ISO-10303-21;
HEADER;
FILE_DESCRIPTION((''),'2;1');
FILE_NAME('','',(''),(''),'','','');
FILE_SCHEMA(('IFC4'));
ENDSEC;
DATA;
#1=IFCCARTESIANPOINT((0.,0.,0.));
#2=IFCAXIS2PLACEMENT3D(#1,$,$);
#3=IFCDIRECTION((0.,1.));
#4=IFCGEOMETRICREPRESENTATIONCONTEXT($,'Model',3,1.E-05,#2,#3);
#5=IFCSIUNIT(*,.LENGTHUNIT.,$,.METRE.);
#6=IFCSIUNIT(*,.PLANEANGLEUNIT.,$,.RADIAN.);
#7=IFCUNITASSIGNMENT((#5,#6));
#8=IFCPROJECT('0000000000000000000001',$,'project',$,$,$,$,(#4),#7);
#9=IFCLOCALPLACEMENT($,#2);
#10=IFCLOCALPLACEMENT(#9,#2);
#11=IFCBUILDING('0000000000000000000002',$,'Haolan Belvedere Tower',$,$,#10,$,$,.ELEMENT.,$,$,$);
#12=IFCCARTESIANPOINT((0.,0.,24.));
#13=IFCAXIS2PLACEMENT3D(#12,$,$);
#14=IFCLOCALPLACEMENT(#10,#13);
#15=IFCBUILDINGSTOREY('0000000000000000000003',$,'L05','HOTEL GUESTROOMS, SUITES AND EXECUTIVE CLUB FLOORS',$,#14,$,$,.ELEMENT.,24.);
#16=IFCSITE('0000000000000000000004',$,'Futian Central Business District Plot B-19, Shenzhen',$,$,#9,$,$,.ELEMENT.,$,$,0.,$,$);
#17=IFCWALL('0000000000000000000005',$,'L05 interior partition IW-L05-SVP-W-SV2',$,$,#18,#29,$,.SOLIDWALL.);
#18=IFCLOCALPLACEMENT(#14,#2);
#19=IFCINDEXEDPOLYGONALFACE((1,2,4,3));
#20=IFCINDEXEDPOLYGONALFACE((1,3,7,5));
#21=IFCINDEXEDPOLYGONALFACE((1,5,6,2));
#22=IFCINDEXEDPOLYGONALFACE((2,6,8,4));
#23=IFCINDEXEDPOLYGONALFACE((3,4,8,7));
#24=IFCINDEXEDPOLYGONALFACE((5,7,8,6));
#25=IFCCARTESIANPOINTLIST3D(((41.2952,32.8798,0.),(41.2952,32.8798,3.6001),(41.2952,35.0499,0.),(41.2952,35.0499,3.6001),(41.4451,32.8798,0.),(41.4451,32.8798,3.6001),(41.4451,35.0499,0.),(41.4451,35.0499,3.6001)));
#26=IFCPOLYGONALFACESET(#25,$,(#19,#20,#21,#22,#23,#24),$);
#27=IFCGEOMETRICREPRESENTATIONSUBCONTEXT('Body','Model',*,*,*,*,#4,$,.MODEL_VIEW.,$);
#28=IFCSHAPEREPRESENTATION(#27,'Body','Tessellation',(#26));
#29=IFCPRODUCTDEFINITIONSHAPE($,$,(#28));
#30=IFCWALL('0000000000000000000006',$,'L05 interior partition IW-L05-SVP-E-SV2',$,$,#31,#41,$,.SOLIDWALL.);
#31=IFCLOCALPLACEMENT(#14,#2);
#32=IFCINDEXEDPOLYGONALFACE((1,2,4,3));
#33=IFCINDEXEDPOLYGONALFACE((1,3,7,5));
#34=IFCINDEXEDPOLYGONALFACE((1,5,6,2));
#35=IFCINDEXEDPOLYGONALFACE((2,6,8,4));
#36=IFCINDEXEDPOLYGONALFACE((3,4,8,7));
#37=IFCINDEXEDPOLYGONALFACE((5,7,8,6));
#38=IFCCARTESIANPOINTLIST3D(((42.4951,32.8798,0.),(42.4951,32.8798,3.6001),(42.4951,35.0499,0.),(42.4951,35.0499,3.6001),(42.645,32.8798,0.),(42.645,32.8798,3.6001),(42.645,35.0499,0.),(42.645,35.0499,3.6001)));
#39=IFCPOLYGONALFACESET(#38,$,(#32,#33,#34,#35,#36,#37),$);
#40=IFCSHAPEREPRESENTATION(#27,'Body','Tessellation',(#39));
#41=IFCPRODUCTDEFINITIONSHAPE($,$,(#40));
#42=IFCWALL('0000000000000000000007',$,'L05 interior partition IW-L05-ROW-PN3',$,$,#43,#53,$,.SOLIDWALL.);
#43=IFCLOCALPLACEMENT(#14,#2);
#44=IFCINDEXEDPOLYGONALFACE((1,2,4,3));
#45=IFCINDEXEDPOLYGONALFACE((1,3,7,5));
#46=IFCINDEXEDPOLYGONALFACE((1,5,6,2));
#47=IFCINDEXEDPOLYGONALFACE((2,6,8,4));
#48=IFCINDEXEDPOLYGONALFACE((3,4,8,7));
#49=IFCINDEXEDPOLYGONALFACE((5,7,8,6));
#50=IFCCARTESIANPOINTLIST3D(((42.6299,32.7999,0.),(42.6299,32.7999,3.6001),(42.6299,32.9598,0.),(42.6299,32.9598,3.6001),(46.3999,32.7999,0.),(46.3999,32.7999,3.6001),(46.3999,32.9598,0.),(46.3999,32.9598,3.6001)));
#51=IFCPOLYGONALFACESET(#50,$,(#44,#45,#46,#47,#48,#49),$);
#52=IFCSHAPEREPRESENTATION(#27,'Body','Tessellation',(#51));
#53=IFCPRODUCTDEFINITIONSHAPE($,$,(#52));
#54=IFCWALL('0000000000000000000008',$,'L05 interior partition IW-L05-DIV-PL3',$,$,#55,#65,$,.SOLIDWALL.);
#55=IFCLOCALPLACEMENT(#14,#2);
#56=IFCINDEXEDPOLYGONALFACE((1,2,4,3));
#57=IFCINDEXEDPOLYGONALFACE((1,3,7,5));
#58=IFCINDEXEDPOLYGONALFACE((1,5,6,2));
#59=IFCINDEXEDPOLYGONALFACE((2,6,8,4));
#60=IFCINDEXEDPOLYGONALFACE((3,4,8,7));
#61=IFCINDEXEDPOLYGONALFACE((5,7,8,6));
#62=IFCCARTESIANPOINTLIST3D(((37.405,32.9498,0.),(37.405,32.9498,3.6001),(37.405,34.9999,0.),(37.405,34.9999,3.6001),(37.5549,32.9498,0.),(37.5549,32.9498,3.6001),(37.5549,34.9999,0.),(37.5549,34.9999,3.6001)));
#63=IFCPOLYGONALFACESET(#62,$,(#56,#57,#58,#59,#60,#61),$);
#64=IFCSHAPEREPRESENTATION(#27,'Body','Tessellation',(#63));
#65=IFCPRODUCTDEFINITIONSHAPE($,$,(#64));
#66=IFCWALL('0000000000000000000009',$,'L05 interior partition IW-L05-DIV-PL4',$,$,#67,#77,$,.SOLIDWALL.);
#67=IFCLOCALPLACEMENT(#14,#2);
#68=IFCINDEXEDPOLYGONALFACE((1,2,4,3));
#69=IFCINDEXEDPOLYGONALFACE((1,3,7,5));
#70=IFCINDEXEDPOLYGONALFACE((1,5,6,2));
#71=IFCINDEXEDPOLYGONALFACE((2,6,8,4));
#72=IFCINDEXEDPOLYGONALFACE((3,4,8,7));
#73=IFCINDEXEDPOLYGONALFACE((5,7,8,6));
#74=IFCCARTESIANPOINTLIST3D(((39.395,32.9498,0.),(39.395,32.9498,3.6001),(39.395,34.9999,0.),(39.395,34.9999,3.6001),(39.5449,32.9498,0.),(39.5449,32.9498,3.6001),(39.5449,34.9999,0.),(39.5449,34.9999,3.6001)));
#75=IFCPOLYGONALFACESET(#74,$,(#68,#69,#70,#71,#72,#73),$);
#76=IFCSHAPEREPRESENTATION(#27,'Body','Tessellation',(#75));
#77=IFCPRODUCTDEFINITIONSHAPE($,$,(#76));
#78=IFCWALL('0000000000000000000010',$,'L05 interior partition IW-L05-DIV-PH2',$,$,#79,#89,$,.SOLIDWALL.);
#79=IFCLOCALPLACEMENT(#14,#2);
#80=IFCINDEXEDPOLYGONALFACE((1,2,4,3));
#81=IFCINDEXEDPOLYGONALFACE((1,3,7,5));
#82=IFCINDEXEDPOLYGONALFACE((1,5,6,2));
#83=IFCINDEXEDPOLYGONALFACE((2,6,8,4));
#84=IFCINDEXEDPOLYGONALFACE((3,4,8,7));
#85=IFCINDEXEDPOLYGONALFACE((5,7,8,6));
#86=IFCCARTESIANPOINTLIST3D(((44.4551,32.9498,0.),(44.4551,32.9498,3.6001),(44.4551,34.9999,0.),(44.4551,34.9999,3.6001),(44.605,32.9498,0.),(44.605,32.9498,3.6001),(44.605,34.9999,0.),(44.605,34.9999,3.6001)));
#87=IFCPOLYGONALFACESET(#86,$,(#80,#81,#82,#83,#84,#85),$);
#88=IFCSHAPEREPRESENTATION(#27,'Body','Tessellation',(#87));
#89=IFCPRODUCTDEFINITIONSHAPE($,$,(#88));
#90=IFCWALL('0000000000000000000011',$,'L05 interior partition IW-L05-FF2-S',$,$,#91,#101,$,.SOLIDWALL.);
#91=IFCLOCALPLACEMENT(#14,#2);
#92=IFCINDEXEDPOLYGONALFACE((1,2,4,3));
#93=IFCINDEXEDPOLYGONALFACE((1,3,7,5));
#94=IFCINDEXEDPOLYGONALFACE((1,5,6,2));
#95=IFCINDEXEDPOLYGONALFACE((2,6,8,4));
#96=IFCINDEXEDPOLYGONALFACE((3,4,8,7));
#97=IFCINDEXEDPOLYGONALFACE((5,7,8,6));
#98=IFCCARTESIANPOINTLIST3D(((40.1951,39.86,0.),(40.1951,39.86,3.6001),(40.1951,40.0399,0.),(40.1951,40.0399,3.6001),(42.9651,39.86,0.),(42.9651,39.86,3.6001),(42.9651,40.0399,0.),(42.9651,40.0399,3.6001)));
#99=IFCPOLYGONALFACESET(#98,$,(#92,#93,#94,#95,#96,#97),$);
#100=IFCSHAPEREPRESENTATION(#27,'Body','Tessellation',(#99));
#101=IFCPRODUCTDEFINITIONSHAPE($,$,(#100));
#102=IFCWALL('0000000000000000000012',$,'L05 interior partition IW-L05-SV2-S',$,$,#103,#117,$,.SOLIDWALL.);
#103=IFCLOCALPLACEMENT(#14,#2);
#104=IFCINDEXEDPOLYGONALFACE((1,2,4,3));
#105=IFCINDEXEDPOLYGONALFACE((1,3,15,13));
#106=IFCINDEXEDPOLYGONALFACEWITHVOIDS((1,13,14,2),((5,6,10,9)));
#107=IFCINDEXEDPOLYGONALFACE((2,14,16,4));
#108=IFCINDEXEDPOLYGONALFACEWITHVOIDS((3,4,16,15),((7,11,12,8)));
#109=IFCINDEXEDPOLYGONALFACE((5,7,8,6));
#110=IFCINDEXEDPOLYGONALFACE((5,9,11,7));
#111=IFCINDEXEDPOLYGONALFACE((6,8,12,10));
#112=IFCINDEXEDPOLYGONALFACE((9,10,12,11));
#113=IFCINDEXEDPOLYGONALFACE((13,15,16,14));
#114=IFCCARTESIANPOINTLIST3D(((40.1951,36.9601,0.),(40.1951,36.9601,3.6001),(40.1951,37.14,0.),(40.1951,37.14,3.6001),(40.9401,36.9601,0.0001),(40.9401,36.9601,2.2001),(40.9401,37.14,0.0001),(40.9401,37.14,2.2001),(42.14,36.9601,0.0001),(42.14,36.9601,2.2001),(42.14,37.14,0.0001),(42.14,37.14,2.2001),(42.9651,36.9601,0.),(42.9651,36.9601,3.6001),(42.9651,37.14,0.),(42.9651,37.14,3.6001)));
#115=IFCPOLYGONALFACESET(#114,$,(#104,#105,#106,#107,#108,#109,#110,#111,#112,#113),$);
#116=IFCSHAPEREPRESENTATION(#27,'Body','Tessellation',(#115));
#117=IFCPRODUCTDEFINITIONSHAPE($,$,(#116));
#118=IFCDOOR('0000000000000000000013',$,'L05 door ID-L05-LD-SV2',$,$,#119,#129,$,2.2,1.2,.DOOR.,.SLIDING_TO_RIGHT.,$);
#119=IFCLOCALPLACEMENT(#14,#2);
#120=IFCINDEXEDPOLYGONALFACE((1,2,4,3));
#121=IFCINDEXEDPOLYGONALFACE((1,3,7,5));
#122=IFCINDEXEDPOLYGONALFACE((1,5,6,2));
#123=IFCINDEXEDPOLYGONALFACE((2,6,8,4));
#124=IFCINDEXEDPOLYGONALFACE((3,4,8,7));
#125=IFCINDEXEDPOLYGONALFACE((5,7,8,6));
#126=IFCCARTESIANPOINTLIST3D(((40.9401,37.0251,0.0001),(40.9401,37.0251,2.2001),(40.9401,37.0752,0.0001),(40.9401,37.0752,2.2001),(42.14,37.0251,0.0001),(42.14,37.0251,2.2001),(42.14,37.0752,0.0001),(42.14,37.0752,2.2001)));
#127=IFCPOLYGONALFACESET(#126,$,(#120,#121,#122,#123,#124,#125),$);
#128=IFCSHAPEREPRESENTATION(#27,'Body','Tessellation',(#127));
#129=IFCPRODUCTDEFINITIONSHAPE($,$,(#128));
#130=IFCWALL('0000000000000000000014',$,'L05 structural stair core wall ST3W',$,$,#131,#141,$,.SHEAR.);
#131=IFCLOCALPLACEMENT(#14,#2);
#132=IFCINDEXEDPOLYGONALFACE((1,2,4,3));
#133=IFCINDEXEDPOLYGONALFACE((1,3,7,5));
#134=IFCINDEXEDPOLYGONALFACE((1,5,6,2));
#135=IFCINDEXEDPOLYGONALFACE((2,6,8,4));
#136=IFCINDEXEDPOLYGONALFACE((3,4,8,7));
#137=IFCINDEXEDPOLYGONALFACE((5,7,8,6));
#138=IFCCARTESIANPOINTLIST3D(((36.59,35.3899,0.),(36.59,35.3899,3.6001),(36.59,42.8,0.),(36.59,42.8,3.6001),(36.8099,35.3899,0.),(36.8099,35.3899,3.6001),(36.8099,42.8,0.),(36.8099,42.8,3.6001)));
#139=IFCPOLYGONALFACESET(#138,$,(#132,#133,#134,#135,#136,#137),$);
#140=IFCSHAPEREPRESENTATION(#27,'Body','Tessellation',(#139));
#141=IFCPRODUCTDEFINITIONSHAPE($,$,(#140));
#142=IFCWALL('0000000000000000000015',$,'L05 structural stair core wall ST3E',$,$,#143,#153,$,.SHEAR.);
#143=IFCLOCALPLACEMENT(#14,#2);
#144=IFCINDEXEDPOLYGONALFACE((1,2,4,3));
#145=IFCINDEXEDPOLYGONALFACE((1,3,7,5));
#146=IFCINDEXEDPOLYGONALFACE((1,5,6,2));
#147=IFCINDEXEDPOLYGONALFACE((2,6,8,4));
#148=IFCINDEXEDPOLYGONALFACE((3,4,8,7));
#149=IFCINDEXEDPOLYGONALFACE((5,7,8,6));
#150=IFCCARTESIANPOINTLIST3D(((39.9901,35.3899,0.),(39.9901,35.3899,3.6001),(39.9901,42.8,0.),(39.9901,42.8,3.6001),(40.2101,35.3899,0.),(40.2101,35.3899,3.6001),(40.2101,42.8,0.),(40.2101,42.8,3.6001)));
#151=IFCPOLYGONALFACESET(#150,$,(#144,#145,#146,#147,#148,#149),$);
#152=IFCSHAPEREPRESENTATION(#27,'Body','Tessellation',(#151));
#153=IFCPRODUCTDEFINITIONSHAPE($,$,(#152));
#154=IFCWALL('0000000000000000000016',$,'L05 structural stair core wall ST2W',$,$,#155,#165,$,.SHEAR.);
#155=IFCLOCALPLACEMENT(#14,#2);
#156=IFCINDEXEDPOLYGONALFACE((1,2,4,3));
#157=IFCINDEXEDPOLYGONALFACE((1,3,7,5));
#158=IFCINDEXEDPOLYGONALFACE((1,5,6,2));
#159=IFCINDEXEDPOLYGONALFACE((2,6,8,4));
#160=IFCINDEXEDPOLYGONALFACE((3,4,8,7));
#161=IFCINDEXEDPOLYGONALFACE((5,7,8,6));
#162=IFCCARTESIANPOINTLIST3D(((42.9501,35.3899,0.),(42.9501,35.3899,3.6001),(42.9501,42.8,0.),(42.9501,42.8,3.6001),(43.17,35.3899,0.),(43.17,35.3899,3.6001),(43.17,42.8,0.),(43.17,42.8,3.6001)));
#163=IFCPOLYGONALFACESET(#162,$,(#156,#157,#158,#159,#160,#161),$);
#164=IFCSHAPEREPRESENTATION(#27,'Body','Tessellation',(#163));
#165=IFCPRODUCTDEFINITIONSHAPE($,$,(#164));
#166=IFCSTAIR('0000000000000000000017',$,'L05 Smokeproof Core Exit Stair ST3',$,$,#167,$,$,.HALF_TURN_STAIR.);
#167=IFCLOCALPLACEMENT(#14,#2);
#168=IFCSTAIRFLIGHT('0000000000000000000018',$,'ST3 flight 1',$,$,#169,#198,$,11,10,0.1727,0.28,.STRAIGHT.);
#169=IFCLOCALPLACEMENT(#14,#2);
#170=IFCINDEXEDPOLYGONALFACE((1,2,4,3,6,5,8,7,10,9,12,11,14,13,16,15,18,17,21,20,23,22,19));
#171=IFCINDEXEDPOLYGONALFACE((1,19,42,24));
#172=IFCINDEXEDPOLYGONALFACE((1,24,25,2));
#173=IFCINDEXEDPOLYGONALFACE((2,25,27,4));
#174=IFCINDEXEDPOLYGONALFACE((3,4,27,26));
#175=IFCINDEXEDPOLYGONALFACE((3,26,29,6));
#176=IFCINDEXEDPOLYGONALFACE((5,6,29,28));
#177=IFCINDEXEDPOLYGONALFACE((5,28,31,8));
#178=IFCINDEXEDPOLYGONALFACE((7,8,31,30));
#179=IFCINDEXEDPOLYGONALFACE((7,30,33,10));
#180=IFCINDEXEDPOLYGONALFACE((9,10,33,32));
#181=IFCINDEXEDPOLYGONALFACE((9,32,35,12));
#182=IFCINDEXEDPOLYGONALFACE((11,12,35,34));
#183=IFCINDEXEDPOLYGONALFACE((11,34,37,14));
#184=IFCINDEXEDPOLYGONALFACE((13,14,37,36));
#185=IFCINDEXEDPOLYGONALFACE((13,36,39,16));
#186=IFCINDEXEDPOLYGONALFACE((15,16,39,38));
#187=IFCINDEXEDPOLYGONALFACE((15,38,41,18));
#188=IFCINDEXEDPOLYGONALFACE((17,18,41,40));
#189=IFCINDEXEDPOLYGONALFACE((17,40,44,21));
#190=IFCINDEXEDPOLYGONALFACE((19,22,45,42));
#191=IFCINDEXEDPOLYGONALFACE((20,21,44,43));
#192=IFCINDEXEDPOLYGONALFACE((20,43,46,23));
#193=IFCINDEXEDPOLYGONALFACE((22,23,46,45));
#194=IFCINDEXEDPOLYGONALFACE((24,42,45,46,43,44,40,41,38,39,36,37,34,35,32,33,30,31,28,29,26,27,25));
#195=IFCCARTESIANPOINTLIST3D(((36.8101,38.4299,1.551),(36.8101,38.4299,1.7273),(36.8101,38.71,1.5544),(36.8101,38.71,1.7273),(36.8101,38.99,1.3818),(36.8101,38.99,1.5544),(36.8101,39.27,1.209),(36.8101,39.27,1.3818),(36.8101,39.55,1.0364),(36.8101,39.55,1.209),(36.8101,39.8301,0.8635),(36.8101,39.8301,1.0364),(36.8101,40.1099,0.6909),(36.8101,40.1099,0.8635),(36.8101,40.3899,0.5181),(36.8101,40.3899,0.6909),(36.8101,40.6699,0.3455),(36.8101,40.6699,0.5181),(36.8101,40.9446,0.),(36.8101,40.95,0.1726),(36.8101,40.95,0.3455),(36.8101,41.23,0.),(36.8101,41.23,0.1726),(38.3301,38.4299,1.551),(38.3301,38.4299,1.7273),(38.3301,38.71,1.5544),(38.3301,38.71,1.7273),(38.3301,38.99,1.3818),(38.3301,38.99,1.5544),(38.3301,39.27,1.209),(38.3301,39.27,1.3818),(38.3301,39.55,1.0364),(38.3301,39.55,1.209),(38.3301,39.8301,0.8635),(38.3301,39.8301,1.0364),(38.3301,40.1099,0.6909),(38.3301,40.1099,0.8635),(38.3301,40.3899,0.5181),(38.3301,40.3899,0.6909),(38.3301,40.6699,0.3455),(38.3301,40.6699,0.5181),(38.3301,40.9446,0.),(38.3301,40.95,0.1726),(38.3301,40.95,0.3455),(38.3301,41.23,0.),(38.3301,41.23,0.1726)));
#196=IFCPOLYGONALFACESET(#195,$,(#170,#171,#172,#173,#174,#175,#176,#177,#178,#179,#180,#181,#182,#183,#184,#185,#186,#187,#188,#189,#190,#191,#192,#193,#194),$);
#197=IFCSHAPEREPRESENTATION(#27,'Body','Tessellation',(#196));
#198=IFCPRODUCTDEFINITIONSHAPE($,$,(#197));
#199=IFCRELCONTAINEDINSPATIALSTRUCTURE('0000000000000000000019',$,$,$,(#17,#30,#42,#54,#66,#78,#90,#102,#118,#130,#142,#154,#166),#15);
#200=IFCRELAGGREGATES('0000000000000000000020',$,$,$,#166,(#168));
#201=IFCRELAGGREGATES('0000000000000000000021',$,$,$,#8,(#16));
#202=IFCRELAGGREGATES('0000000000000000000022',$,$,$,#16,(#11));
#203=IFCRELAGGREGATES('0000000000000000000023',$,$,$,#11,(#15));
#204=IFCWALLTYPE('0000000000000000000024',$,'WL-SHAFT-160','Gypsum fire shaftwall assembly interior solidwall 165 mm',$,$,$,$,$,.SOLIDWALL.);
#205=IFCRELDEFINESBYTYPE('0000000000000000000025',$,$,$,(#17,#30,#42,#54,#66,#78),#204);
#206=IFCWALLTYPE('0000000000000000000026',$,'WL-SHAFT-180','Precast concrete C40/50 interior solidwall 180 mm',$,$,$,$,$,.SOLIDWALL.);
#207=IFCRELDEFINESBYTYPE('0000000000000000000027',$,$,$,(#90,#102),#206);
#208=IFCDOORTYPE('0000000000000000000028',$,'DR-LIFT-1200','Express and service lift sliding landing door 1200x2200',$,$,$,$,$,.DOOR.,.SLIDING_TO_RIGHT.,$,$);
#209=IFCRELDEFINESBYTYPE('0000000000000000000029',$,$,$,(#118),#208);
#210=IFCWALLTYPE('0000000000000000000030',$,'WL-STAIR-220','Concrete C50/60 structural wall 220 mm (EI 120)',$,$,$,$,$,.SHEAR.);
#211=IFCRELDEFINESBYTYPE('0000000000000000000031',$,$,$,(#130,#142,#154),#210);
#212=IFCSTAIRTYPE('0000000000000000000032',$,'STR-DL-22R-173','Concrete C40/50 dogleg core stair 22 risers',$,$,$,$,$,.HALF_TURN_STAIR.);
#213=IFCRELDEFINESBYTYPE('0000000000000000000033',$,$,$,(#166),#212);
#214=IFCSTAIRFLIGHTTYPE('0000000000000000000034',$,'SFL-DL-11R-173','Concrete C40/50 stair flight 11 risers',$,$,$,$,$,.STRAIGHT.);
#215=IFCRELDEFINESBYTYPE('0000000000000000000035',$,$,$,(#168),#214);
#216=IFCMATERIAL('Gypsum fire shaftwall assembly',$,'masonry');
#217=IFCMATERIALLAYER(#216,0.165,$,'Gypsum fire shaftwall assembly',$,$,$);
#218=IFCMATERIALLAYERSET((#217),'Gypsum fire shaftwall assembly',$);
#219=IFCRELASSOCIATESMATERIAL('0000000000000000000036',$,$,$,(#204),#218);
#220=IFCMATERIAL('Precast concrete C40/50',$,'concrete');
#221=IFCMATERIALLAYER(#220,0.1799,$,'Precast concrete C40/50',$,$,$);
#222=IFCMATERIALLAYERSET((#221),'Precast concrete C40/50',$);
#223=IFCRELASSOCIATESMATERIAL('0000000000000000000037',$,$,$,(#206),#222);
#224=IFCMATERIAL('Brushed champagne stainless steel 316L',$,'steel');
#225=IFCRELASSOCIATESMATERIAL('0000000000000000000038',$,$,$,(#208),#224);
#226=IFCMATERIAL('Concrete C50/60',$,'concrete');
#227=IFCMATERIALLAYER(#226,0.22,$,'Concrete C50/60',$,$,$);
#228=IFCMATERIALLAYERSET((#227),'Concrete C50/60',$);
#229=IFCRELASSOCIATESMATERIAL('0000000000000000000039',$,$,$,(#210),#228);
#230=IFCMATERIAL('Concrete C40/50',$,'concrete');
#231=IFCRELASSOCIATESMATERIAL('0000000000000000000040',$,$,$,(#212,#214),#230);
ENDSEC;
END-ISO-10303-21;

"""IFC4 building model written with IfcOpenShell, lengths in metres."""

from ifc_helpers import new_model, si_unit, direction, frame, frame_2d, origin, place, context, subcontext, project, spatial, polyline, rectangle, outline, extrude, material, layer, layer_set, type_object, element, fill, aggregate, save


model = new_model("IFC4")

# Units and contexts
model_context = context("Model", 3, precision=1e-05, world=origin(), true_north=direction((0.0, 1.0)))
body_context = subcontext(model_context, "Body", "Model", "MODEL_VIEW")
ifc_project = project(units=[si_unit("LENGTHUNIT", "METRE"), si_unit("PLANEANGLEUNIT", "RADIAN")], contexts=[model_context])

# Site, building, storey
site_placement = place(None, origin())
site = spatial("IfcSite", under=ifc_project, at=site_placement, Name="Futian Central Business District Plot B-19, Shenzhen", CompositionType="ELEMENT", RefElevation=0.0)
building_placement = place(site_placement, origin())
building = spatial("IfcBuilding", under=site, at=building_placement, Name="Haolan Belvedere Tower", CompositionType="ELEMENT")
storey_placement = place(building_placement, frame((0.0, 0.0, 24.0)))
storey = spatial("IfcBuildingStorey", under=building, at=storey_placement, Name="L05", Description="HOTEL GUESTROOMS, SUITES AND EXECUTIVE CLUB FLOORS", CompositionType="ELEMENT", Elevation=24.0)

# Walls
ifc_material_1 = material(Name="Gypsum fire shaftwall assembly", Category="masonry")
ifc_layer_1 = layer(ifc_material_1, 0.165, Name="Gypsum fire shaftwall assembly")
ifc_layer_set_1 = layer_set([ifc_layer_1], Name="Gypsum fire shaftwall assembly")
wall_type_1 = type_object("IfcWallType", Name="WL-SHAFT-160", Description="Gypsum fire shaftwall assembly interior solidwall 165 mm", PredefinedType="SOLIDWALL", material=ifc_layer_set_1)
for number, where, z_axis, x_axis, name in (
    (1, (41.3701, 32.8799, 0.0), (0.0, 0.0, 1.0), (0.0, 1.0, 0.0), "L05 interior partition IW-L05-SVP-W-SV2"),
    (2, (42.5701, 32.8799, 0.0), (0.0, 0.0, 1.0), (0.0, 1.0, 0.0), "L05 interior partition IW-L05-SVP-E-SV2"),
):
    element("IfcWall", number, at=place(storey_placement, frame(where, z_axis=z_axis, x_axis=x_axis)), inside=storey, type_object=wall_type_1, Name=name, PredefinedType="SOLIDWALL", context=body_context, shape_type="SweptSolid", body=[
        extrude(rectangle(XDim=2.1702, YDim=0.1499, at=frame_2d((1.085, 0.0))), origin(), (0.0, 0.0, 1.0), 3.6001),
    ])
wall_1_placement = place(storey_placement, frame((42.6299, 32.8799, 0.0), z_axis=(0.0, 0.0, 1.0), x_axis=(1.0, 0.0, 0.0)))
element("IfcWall", 3, at=wall_1_placement, inside=storey, type_object=wall_type_1, Name="L05 interior partition IW-L05-ROW-PN3", PredefinedType="SOLIDWALL", context=body_context, shape_type="SweptSolid", body=[
    extrude(rectangle(XDim=3.77, YDim=0.1599, at=frame_2d((1.885, 0.0))), origin(), (0.0, 0.0, 1.0), 3.6001),
])
for number, where, z_axis, x_axis, name in (
    (4, (37.48, 32.95, 0.0), (0.0, 0.0, 1.0), (0.0, 1.0, 0.0), "L05 interior partition IW-L05-DIV-PL3"),
    (5, (39.47, 32.95, 0.0), (0.0, 0.0, 1.0), (0.0, 1.0, 0.0), "L05 interior partition IW-L05-DIV-PL4"),
    (6, (44.53, 32.95, 0.0), (0.0, 0.0, 1.0), (0.0, 1.0, 0.0), "L05 interior partition IW-L05-DIV-PH2"),
):
    element("IfcWall", number, at=place(storey_placement, frame(where, z_axis=z_axis, x_axis=x_axis)), inside=storey, type_object=wall_type_1, Name=name, PredefinedType="SOLIDWALL", context=body_context, shape_type="SweptSolid", body=[
        extrude(rectangle(XDim=2.05, YDim=0.1499, at=frame_2d((1.0249, 0.0))), origin(), (0.0, 0.0, 1.0), 3.6001),
    ])
ifc_material_2 = material(Name="Precast concrete C40/50", Category="concrete")
ifc_layer_2 = layer(ifc_material_2, 0.1799, Name="Precast concrete C40/50")
ifc_layer_set_2 = layer_set([ifc_layer_2], Name="Precast concrete C40/50")
wall_type_2 = type_object("IfcWallType", Name="WL-SHAFT-180", Description="Precast concrete C40/50 interior solidwall 180 mm", PredefinedType="SOLIDWALL", material=ifc_layer_set_2)
wall_2_placement = place(storey_placement, frame((40.1951, 39.95, 0.0), z_axis=(0.0, 0.0, 1.0), x_axis=(1.0, 0.0, 0.0)))
element("IfcWall", 7, at=wall_2_placement, inside=storey, type_object=wall_type_2, Name="L05 interior partition IW-L05-FF2-S", PredefinedType="SOLIDWALL", context=body_context, shape_type="SweptSolid", body=[
    extrude(rectangle(XDim=2.77, YDim=0.1799, at=frame_2d((1.385, 0.0))), origin(), (0.0, 0.0, 1.0), 3.6001),
])

# Wall, opening, door
wall_3_placement = place(storey_placement, frame((40.1951, 37.05, 0.0), z_axis=(0.0, 0.0, 1.0), x_axis=(1.0, 0.0, 0.0)))
wall_3 = element("IfcWall", 8, at=wall_3_placement, inside=storey, type_object=wall_type_2, Name="L05 interior partition IW-L05-SV2-S", PredefinedType="SOLIDWALL", context=body_context, shape_type="SweptSolid", body=[
    extrude(rectangle(XDim=2.77, YDim=0.1799, at=frame_2d((1.385, 0.0))), origin(), (0.0, 0.0, 1.0), 3.6001),
])
opening_placement = place(wall_3_placement, frame((1.9451, 0.0, 0.0), z_axis=(0.0, 0.0, 1.0), x_axis=(-1.0, 0.0, 0.0)))
opening = element("IfcOpeningElement", 9, at=opening_placement, cuts=wall_3, PredefinedType="OPENING", context=body_context, shape_type="SweptSolid", body=[
    extrude(rectangle(XDim=1.2, YDim=2.2, at=frame_2d((0.6001, 1.1001))), frame((0.0, 0.0999, 0.0), z_axis=(0.0, -1.0, 0.0), x_axis=(1.0, 0.0, 0.0)), (0.0, 0.0, 1.0), 0.2),
])
ifc_material_3 = material(Name="Brushed champagne stainless steel 316L", Category="steel")
door_type = type_object("IfcDoorType", Name="DR-LIFT-1200", Description="Express and service lift sliding landing door 1200x2200", OperationType="SLIDING_TO_RIGHT", PredefinedType="DOOR", material=ifc_material_3)
door_placement = place(opening_placement, origin())
door = element("IfcDoor", 10, at=door_placement, inside=storey, type_object=door_type, Name="L05 door ID-L05-LD-SV2", OperationType="SLIDING_TO_RIGHT", OverallHeight=2.2, OverallWidth=1.2, PredefinedType="DOOR", context=body_context, shape_type="SweptSolid", body=[
    extrude(rectangle(XDim=1.2, YDim=2.2, at=frame_2d((0.6001, 1.1001))), frame((0.0, 0.0249, 0.0), z_axis=(0.0, -1.0, 0.0), x_axis=(1.0, 0.0, 0.0)), (0.0, 0.0, 1.0), 0.05),
])
fill(opening, door)

# Walls
ifc_material_4 = material(Name="Concrete C50/60", Category="concrete")
ifc_layer_3 = layer(ifc_material_4, 0.22, Name="Concrete C50/60")
ifc_layer_set_3 = layer_set([ifc_layer_3], Name="Concrete C50/60")
wall_type_3 = type_object("IfcWallType", Name="WL-STAIR-220", Description="Concrete C50/60 structural wall 220 mm (EI 120)", PredefinedType="SHEAR", material=ifc_layer_set_3)
for number, where, z_axis, x_axis, name in (
    (11, (36.7, 35.3899, 0.0), (0.0, 0.0, 1.0), (0.0, 1.0, 0.0), "L05 structural stair core wall ST3W"),
    (12, (40.1001, 35.3899, 0.0), (0.0, 0.0, 1.0), (0.0, 1.0, 0.0), "L05 structural stair core wall ST3E"),
    (13, (43.0601, 35.3899, 0.0), (0.0, 0.0, 1.0), (0.0, 1.0, 0.0), "L05 structural stair core wall ST2W"),
):
    element("IfcWall", number, at=place(storey_placement, frame(where, z_axis=z_axis, x_axis=x_axis)), inside=storey, type_object=wall_type_3, Name=name, PredefinedType="SHEAR", context=body_context, shape_type="SweptSolid", body=[
        extrude(rectangle(XDim=7.4102, YDim=0.22, at=frame_2d((3.7051, 0.0))), origin(), (0.0, 0.0, 1.0), 3.6001),
    ])

# Stair, stair flight
ifc_material_5 = material(Name="Concrete C40/50", Category="concrete")
stair_type = type_object("IfcStairType", Name="STR-DL-22R-173", Description="Concrete C40/50 dogleg core stair 22 risers", PredefinedType="HALF_TURN_STAIR", material=ifc_material_5)
stair_1_placement = place(storey_placement, origin())
stair_1 = element("IfcStair", 14, at=stair_1_placement, inside=storey, type_object=stair_type, Name="L05 Smokeproof Core Exit Stair ST3", PredefinedType="HALF_TURN_STAIR")
stair_flight_type = type_object("IfcStairFlightType", Name="SFL-DL-11R-173", Description="Concrete C40/50 stair flight 11 risers", PredefinedType="STRAIGHT", material=ifc_material_5)
stair_flight_1_placement = place(storey_placement, frame((37.5701, 41.23, 0.0), z_axis=(0.0, 0.0, 1.0), x_axis=(0.0, -1.0, 0.0)))
stair_flight_1 = element("IfcStairFlight", 15, at=stair_flight_1_placement, type_object=stair_flight_type, Name="ST3 flight 1", NumberOfRisers=11, NumberOfTreads=10, PredefinedType="STRAIGHT", RiserHeight=0.1727, TreadLength=0.28, context=body_context, shape_type="SweptSolid", body=[
    extrude(outline(polyline([(0.0, 0.0), (0.0, 0.1726), (0.28, 0.1726), (0.28, 0.3455), (0.5601, 0.3455), (0.5601, 0.5181), (0.8401, 0.5181), (0.8401, 0.6909), (1.1201, 0.6909), (1.1201, 0.8635), (1.3999, 0.8635), (1.3999, 1.0364), (1.6799, 1.0364), (1.6799, 1.209), (1.96, 1.209), (1.96, 1.3818), (2.24, 1.3818), (2.24, 1.5544), (2.52, 1.5544), (2.52, 1.7273), (2.8, 1.7273), (2.8, 1.8999), (2.8, 1.551), (0.2854, 0.0), (0.0, 0.0)])), frame((0.0, 0.76, 0.0), z_axis=(0.0, -1.0, 0.0), x_axis=(1.0, 0.0, 0.0)), (0.0, 0.0, 1.0), 1.52),
])
aggregate(stair_1, [stair_flight_1])

save(model, "model.ifc")
